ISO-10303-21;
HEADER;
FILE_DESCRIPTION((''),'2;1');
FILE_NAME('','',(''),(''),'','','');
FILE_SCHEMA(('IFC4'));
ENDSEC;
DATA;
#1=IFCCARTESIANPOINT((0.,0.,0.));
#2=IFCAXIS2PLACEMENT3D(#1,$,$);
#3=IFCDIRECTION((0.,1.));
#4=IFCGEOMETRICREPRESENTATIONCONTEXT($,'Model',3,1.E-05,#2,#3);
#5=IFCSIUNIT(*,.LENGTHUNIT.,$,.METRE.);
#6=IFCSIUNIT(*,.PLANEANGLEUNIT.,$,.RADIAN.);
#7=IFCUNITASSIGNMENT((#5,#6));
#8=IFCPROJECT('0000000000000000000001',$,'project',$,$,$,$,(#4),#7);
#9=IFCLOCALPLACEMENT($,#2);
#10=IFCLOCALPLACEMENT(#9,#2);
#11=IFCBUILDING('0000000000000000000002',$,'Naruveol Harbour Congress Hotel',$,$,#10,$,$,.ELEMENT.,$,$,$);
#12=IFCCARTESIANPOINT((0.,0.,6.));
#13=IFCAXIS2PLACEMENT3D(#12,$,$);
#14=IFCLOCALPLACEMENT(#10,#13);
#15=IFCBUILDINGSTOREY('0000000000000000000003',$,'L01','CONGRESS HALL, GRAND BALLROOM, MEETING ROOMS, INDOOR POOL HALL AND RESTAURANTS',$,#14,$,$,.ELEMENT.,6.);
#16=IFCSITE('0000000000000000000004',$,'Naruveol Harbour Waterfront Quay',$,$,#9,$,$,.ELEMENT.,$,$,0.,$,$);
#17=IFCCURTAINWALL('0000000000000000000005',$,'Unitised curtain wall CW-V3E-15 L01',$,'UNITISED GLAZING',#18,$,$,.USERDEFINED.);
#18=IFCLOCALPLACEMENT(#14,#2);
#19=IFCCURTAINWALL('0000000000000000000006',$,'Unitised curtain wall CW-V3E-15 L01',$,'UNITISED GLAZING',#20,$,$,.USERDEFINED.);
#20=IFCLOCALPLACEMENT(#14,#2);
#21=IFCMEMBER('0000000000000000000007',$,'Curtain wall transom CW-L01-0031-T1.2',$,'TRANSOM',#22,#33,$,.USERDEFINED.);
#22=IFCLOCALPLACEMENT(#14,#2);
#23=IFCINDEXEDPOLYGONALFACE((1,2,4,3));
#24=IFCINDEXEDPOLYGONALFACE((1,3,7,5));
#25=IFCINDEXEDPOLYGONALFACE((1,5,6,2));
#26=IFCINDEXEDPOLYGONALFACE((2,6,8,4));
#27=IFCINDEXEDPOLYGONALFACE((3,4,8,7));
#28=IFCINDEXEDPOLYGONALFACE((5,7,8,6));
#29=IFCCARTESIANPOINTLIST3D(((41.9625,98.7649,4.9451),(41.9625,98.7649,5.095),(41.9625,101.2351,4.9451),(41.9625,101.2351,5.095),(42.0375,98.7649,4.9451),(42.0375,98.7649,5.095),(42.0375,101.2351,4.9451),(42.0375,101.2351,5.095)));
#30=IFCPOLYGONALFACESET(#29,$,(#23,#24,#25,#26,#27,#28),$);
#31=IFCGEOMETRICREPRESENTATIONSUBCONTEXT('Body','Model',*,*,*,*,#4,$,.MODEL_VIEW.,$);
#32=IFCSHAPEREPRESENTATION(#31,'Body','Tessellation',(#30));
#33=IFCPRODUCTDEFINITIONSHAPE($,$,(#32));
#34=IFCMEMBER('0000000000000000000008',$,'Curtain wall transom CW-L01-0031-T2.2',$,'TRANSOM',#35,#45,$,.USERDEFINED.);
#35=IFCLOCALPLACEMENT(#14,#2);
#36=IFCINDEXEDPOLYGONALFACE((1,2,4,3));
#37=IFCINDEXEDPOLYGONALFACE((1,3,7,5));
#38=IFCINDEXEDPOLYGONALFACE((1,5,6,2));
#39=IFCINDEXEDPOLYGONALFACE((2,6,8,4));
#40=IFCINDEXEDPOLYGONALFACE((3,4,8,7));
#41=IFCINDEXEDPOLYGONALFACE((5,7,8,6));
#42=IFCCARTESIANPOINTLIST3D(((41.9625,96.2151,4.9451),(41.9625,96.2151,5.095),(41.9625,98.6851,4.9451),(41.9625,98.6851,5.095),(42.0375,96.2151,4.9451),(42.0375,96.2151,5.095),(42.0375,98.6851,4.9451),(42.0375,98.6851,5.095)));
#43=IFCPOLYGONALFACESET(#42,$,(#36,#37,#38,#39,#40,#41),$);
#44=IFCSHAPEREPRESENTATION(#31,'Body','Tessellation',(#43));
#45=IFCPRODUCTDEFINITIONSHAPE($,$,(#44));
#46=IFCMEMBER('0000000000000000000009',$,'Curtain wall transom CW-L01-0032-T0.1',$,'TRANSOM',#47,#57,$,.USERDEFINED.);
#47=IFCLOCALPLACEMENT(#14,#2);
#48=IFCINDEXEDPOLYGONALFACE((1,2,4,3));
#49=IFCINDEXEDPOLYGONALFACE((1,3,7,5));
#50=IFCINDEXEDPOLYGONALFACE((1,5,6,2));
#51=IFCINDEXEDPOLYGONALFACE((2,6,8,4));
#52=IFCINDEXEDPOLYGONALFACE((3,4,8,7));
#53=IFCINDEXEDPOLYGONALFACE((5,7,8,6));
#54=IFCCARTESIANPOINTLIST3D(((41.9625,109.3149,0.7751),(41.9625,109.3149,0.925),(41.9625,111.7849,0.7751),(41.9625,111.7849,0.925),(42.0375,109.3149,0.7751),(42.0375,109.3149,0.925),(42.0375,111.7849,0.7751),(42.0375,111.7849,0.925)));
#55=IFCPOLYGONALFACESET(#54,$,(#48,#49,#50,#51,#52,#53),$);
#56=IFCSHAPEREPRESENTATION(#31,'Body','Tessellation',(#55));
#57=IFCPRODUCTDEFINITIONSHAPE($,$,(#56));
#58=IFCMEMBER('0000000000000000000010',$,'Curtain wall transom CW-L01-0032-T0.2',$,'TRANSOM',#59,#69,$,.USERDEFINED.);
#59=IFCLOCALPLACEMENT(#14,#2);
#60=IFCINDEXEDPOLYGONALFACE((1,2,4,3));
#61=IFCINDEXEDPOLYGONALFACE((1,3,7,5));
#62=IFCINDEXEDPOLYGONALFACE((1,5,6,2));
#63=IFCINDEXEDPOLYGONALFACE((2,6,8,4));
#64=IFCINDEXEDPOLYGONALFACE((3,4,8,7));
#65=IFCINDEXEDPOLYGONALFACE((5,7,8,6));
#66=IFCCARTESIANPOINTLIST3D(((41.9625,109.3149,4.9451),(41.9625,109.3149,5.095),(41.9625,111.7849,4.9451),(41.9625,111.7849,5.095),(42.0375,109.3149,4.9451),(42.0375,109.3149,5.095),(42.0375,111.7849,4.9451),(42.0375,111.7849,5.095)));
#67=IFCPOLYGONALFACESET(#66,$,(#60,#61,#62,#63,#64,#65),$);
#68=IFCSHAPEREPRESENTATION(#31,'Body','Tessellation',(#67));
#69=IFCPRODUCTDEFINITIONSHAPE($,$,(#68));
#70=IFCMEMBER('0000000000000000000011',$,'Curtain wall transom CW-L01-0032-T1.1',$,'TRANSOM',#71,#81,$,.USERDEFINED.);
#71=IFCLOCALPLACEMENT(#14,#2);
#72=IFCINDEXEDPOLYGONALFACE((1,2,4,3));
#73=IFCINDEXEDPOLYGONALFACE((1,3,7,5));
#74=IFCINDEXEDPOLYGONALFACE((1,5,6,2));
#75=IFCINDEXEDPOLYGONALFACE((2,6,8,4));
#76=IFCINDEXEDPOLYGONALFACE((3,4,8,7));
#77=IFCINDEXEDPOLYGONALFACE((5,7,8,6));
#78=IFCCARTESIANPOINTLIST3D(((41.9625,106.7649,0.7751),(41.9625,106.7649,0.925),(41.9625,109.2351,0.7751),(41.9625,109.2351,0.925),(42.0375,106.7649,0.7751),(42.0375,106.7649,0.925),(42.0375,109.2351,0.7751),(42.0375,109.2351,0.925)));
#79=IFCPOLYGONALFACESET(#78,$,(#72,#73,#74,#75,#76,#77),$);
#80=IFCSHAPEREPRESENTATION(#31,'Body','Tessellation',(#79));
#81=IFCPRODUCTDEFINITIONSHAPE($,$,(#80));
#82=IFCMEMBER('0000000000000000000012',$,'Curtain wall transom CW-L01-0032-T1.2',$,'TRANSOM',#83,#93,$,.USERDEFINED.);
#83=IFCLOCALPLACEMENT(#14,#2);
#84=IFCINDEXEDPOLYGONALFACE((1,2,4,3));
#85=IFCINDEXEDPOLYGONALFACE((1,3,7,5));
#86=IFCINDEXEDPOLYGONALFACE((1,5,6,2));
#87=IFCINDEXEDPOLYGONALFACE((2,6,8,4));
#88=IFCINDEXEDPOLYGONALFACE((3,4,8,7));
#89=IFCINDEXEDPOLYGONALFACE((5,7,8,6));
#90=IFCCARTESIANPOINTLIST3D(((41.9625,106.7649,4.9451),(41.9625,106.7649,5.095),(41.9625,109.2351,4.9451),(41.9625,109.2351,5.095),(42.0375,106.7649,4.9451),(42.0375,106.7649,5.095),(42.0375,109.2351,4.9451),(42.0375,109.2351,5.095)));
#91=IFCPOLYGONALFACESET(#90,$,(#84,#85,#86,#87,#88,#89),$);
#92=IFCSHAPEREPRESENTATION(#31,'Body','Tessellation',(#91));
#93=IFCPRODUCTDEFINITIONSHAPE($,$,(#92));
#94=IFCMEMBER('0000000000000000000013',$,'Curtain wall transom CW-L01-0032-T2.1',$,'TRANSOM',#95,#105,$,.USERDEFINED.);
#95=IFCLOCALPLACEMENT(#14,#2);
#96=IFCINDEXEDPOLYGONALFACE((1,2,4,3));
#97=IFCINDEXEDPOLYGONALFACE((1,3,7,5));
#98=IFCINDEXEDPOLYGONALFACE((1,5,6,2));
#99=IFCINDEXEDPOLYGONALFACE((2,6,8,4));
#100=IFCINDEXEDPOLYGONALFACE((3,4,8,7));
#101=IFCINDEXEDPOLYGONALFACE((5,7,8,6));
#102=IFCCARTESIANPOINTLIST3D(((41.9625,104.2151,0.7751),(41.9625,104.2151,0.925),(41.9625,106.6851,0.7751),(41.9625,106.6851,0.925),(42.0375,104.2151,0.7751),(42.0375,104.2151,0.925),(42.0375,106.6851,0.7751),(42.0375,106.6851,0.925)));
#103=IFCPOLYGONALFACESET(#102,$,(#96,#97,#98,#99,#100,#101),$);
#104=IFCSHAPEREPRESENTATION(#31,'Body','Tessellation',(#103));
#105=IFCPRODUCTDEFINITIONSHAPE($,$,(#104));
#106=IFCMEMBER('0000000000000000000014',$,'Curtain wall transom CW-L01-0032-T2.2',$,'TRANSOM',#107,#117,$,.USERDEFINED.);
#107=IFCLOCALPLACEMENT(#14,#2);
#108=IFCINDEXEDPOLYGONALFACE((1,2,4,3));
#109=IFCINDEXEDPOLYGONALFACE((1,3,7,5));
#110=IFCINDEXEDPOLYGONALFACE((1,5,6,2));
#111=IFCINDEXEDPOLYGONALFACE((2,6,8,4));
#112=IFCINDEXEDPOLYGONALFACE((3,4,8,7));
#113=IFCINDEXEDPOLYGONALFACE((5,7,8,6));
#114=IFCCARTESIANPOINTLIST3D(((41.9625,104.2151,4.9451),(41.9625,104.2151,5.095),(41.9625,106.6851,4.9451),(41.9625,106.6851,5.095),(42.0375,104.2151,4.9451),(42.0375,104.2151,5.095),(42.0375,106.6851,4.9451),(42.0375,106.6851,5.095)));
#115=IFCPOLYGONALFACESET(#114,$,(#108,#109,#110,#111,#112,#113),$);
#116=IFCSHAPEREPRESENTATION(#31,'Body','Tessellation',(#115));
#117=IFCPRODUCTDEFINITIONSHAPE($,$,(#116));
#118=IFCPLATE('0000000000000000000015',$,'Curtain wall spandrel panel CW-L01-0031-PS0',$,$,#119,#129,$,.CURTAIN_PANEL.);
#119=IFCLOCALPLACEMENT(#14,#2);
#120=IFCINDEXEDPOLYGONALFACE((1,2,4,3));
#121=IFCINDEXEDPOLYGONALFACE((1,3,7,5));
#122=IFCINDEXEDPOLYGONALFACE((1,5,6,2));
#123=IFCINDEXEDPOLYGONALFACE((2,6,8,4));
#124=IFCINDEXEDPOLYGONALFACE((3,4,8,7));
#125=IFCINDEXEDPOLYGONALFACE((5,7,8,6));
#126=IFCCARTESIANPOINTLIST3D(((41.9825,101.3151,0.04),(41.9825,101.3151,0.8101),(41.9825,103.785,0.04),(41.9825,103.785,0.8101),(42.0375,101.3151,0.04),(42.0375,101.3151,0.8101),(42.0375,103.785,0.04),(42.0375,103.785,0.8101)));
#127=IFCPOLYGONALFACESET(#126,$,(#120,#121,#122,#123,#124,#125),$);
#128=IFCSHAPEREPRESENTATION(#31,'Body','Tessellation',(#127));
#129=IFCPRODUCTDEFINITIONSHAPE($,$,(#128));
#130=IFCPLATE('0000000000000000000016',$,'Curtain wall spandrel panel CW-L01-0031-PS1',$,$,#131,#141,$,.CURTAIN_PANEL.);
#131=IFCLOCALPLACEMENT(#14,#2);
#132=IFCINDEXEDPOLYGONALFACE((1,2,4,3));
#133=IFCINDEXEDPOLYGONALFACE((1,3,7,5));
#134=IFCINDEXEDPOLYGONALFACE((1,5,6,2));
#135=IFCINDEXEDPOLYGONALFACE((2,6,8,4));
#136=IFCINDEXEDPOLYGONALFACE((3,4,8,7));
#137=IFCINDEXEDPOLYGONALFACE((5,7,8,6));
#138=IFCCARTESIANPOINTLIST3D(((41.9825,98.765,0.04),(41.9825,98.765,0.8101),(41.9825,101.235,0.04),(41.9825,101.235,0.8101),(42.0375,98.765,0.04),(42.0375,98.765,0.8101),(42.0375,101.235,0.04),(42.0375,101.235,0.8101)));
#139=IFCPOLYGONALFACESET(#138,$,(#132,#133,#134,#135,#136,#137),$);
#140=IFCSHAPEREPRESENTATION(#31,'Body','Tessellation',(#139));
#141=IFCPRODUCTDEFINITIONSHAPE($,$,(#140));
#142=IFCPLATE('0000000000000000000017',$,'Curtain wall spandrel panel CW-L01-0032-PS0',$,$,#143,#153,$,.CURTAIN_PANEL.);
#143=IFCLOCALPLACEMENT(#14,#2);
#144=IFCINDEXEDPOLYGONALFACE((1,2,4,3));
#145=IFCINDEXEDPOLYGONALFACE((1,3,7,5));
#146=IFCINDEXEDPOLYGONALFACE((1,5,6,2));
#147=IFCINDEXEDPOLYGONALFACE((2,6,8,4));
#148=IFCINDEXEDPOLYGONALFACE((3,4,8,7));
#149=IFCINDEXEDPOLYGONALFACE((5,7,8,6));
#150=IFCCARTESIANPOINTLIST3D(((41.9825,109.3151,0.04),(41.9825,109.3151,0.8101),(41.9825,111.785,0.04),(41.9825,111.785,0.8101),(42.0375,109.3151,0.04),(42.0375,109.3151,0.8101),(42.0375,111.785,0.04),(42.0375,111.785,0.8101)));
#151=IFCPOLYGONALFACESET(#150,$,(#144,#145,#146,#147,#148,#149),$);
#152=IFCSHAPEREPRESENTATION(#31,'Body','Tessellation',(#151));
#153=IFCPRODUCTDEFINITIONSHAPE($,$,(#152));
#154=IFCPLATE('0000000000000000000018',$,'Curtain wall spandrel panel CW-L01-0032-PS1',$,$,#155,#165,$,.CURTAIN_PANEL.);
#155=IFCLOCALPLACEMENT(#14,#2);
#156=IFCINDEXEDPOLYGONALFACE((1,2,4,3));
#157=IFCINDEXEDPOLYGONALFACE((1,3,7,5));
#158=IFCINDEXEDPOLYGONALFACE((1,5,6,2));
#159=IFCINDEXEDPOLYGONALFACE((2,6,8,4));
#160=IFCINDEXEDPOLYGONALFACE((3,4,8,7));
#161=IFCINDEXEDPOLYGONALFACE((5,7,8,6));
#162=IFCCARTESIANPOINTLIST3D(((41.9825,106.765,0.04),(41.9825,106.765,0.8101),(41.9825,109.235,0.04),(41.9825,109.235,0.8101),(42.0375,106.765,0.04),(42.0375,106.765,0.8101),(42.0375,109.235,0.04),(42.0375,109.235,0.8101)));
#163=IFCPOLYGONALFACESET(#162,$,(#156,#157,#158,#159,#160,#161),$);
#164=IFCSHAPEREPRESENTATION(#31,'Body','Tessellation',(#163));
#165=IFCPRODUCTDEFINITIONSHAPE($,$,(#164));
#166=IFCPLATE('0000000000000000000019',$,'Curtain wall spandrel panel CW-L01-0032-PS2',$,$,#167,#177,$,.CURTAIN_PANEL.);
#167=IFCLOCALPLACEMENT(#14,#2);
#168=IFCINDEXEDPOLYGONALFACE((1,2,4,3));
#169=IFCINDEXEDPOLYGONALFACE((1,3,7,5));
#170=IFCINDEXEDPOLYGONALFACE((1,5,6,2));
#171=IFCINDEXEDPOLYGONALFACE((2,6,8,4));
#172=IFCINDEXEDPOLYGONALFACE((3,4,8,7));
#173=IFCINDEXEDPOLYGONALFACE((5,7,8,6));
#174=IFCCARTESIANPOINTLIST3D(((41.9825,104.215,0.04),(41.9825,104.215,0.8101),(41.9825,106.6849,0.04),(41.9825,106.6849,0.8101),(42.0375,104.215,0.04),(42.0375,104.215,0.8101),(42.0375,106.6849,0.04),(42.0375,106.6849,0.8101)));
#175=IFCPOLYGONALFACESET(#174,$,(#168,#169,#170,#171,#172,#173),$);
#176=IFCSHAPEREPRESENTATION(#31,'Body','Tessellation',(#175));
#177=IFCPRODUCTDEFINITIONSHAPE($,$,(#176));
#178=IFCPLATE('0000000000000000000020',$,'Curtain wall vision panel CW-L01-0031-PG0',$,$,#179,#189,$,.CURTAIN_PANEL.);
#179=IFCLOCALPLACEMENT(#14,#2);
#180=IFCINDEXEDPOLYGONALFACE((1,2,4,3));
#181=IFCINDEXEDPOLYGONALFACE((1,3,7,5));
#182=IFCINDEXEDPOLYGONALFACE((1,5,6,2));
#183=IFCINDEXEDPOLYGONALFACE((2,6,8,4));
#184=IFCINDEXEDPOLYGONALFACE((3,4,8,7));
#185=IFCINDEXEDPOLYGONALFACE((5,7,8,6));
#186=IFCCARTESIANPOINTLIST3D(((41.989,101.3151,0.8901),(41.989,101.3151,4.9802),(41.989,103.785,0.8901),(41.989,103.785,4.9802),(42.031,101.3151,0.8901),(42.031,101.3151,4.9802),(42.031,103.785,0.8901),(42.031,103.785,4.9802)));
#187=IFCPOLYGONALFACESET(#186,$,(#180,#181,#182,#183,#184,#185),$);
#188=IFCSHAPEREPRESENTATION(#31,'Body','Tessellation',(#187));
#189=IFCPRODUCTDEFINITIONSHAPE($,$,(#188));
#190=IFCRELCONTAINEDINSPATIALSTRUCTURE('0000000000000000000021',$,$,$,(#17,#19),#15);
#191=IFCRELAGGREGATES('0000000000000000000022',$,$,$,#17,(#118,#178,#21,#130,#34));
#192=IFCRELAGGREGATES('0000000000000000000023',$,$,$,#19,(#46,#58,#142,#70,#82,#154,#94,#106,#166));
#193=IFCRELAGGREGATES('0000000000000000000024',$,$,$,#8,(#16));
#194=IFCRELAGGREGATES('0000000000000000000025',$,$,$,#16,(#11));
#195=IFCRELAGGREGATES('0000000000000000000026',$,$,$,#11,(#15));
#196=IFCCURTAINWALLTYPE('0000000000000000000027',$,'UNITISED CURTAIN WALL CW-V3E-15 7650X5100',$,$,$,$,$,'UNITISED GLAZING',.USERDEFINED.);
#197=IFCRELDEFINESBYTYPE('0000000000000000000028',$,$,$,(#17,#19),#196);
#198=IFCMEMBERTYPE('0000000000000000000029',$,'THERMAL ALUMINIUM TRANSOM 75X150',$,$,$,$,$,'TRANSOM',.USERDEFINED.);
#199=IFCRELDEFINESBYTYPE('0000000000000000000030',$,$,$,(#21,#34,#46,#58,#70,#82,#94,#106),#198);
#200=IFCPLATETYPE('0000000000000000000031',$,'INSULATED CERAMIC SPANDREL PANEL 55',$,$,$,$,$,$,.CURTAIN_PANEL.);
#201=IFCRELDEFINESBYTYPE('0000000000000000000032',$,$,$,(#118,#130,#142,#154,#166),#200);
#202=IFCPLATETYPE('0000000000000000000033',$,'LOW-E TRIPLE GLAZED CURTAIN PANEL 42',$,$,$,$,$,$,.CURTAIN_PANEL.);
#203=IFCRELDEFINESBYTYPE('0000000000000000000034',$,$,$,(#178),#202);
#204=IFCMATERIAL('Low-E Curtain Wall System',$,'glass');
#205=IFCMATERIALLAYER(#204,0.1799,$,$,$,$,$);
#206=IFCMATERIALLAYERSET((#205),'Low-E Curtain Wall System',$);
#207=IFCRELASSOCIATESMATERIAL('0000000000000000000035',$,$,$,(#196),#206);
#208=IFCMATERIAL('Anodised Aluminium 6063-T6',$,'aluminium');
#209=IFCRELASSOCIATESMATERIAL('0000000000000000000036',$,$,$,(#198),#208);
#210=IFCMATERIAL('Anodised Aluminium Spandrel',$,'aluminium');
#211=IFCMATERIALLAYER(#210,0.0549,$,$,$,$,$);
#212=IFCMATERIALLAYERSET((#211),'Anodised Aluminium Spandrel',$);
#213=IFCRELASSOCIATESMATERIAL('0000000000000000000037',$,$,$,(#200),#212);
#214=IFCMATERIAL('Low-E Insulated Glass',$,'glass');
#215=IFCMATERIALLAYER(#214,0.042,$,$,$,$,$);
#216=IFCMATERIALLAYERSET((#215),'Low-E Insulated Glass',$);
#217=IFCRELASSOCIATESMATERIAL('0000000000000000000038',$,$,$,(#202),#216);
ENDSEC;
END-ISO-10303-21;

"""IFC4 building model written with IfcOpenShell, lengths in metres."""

from ifc_helpers import new_model, si_unit, direction, frame, origin, origin_2d, place, context, subcontext, project, spatial, rectangle, extrude, material, layer, layer_set, material_profile, profile_set, type_object, element, aggregate, save


model = new_model("IFC4")

# Units and contexts
model_context = context("Model", 3, precision=1e-05, world=origin(), true_north=direction((0.0, 1.0)))
body_context = subcontext(model_context, "Body", "Model", "MODEL_VIEW")
ifc_project = project(units=[si_unit("LENGTHUNIT", "METRE"), si_unit("PLANEANGLEUNIT", "RADIAN")], contexts=[model_context])

# Site, building, storey
site_placement = place(None, origin())
site = spatial("IfcSite", under=ifc_project, at=site_placement, Name="Naruveol Harbour Waterfront Quay", CompositionType="ELEMENT", RefElevation=0.0)
building_placement = place(site_placement, origin())
building = spatial("IfcBuilding", under=site, at=building_placement, Name="Naruveol Harbour Congress Hotel", CompositionType="ELEMENT")
storey_placement = place(building_placement, frame((0.0, 0.0, 6.0)))
storey = spatial("IfcBuildingStorey", under=building, at=storey_placement, Name="L01", Description="CONGRESS HALL, GRAND BALLROOM, MEETING ROOMS, INDOOR POOL HALL AND RESTAURANTS", CompositionType="ELEMENT", Elevation=6.0)

# Curtain walls
ifc_material_1 = material(Name="Low-E Curtain Wall System", Category="glass")
ifc_layer_1 = layer(ifc_material_1, 0.1799)
ifc_layer_set_1 = layer_set([ifc_layer_1], Name="Low-E Curtain Wall System")
curtain_wall_type = type_object("IfcCurtainWallType", Name="UNITISED CURTAIN WALL CW-V3E-15 7650X5100", ElementType="UNITISED GLAZING", PredefinedType="USERDEFINED", material=ifc_layer_set_1)
curtain_wall_1_placement = place(storey_placement, origin())
curtain_wall_1 = element("IfcCurtainWall", 1, at=curtain_wall_1_placement, inside=storey, type_object=curtain_wall_type, Name="Unitised curtain wall CW-V3E-15 L01", ObjectType="UNITISED GLAZING", PredefinedType="USERDEFINED")
curtain_wall_2_placement = place(storey_placement, origin())
curtain_wall_2 = element("IfcCurtainWall", 2, at=curtain_wall_2_placement, inside=storey, type_object=curtain_wall_type, Name="Unitised curtain wall CW-V3E-15 L01", ObjectType="UNITISED GLAZING", PredefinedType="USERDEFINED")

# Members
ifc_material_2 = material(Name="Anodised Aluminium 6063-T6", Category="aluminium")
ifc_material_profile_1 = material_profile(ifc_material_2, rectangle(XDim=0.075, YDim=0.1499, at=origin_2d()), Name="ALU-75x150")
ifc_profile_set_1 = profile_set([ifc_material_profile_1], Name="Anodised Aluminium 6063-T6")
member_type_1 = type_object("IfcMemberType", Name="THERMAL ALUMINIUM TRANSOM 75X150", ElementType="TRANSOM", PredefinedType="USERDEFINED", material=ifc_profile_set_1)
member_1_placement = place(storey_placement, frame((42.0, 101.2351, 5.02), z_axis=(0.0, -1.0, 0.0), x_axis=(1.0, 0.0, 0.0)))
member_1 = element("IfcMember", 3, at=member_1_placement, type_object=member_type_1, Name="Curtain wall transom CW-L01-0031-T1.2", ObjectType="TRANSOM", PredefinedType="USERDEFINED", context=body_context, shape_type="SweptSolid", body=[
    extrude(rectangle(XDim=0.075, YDim=0.1499, at=origin_2d()), origin(), (0.0, 0.0, 1.0), 2.4702),
])
member_2_placement = place(storey_placement, frame((42.0, 98.6851, 5.02), z_axis=(0.0, -1.0, 0.0), x_axis=(1.0, 0.0, 0.0)))
member_2 = element("IfcMember", 4, at=member_2_placement, type_object=member_type_1, Name="Curtain wall transom CW-L01-0031-T2.2", ObjectType="TRANSOM", PredefinedType="USERDEFINED", context=body_context, shape_type="SweptSolid", body=[
    extrude(rectangle(XDim=0.075, YDim=0.1499, at=origin_2d()), origin(), (0.0, 0.0, 1.0), 2.47),
])
member_3_placement = place(storey_placement, frame((42.0, 111.7849, 0.8501), z_axis=(0.0, -1.0, 0.0), x_axis=(1.0, 0.0, 0.0)))
member_3 = element("IfcMember", 5, at=member_3_placement, type_object=member_type_1, Name="Curtain wall transom CW-L01-0032-T0.1", ObjectType="TRANSOM", PredefinedType="USERDEFINED", context=body_context, shape_type="SweptSolid", body=[
    extrude(rectangle(XDim=0.075, YDim=0.1499, at=origin_2d()), origin(), (0.0, 0.0, 1.0), 2.47),
])
member_4_placement = place(storey_placement, frame((42.0, 111.7849, 5.02), z_axis=(0.0, -1.0, 0.0), x_axis=(1.0, 0.0, 0.0)))
member_4 = element("IfcMember", 6, at=member_4_placement, type_object=member_type_1, Name="Curtain wall transom CW-L01-0032-T0.2", ObjectType="TRANSOM", PredefinedType="USERDEFINED", context=body_context, shape_type="SweptSolid", body=[
    extrude(rectangle(XDim=0.075, YDim=0.1499, at=origin_2d()), origin(), (0.0, 0.0, 1.0), 2.47),
])
member_5_placement = place(storey_placement, frame((42.0, 109.2351, 0.8501), z_axis=(0.0, -1.0, 0.0), x_axis=(1.0, 0.0, 0.0)))
member_5 = element("IfcMember", 7, at=member_5_placement, type_object=member_type_1, Name="Curtain wall transom CW-L01-0032-T1.1", ObjectType="TRANSOM", PredefinedType="USERDEFINED", context=body_context, shape_type="SweptSolid", body=[
    extrude(rectangle(XDim=0.075, YDim=0.1499, at=origin_2d()), origin(), (0.0, 0.0, 1.0), 2.4702),
])
member_6_placement = place(storey_placement, frame((42.0, 109.2351, 5.02), z_axis=(0.0, -1.0, 0.0), x_axis=(1.0, 0.0, 0.0)))
member_6 = element("IfcMember", 8, at=member_6_placement, type_object=member_type_1, Name="Curtain wall transom CW-L01-0032-T1.2", ObjectType="TRANSOM", PredefinedType="USERDEFINED", context=body_context, shape_type="SweptSolid", body=[
    extrude(rectangle(XDim=0.075, YDim=0.1499, at=origin_2d()), origin(), (0.0, 0.0, 1.0), 2.4702),
])
member_7_placement = place(storey_placement, frame((42.0, 106.6851, 0.8501), z_axis=(0.0, -1.0, 0.0), x_axis=(1.0, 0.0, 0.0)))
member_7 = element("IfcMember", 9, at=member_7_placement, type_object=member_type_1, Name="Curtain wall transom CW-L01-0032-T2.1", ObjectType="TRANSOM", PredefinedType="USERDEFINED", context=body_context, shape_type="SweptSolid", body=[
    extrude(rectangle(XDim=0.075, YDim=0.1499, at=origin_2d()), origin(), (0.0, 0.0, 1.0), 2.47),
])
member_8_placement = place(storey_placement, frame((42.0, 106.6851, 5.02), z_axis=(0.0, -1.0, 0.0), x_axis=(1.0, 0.0, 0.0)))
member_8 = element("IfcMember", 10, at=member_8_placement, type_object=member_type_1, Name="Curtain wall transom CW-L01-0032-T2.2", ObjectType="TRANSOM", PredefinedType="USERDEFINED", context=body_context, shape_type="SweptSolid", body=[
    extrude(rectangle(XDim=0.075, YDim=0.1499, at=origin_2d()), origin(), (0.0, 0.0, 1.0), 2.47),
])

# Plates
ifc_material_3 = material(Name="Anodised Aluminium Spandrel", Category="aluminium")
ifc_layer_2 = layer(ifc_material_3, 0.0549)
ifc_layer_set_2 = layer_set([ifc_layer_2], Name="Anodised Aluminium Spandrel")
plate_type_1 = type_object("IfcPlateType", Name="INSULATED CERAMIC SPANDREL PANEL 55", PredefinedType="CURTAIN_PANEL", material=ifc_layer_set_2)
plate_1_placement = place(storey_placement, frame((42.01, 102.55, 0.04), z_axis=(0.0, 0.0, 1.0), x_axis=(0.0, -1.0, 0.0)))
plate_1 = element("IfcPlate", 11, at=plate_1_placement, type_object=plate_type_1, Name="Curtain wall spandrel panel CW-L01-0031-PS0", PredefinedType="CURTAIN_PANEL", context=body_context, shape_type="SweptSolid", body=[
    extrude(rectangle(XDim=2.47, YDim=0.0549, at=origin_2d()), origin(), (0.0, 0.0, 1.0), 0.77),
])
plate_2_placement = place(storey_placement, frame((42.01, 100.0, 0.04), z_axis=(0.0, 0.0, 1.0), x_axis=(0.0, -1.0, 0.0)))
plate_2 = element("IfcPlate", 12, at=plate_2_placement, type_object=plate_type_1, Name="Curtain wall spandrel panel CW-L01-0031-PS1", PredefinedType="CURTAIN_PANEL", context=body_context, shape_type="SweptSolid", body=[
    extrude(rectangle(XDim=2.47, YDim=0.0549, at=origin_2d()), origin(), (0.0, 0.0, 1.0), 0.77),
])
plate_3_placement = place(storey_placement, frame((42.01, 110.55, 0.04), z_axis=(0.0, 0.0, 1.0), x_axis=(0.0, -1.0, 0.0)))
plate_3 = element("IfcPlate", 13, at=plate_3_placement, type_object=plate_type_1, Name="Curtain wall spandrel panel CW-L01-0032-PS0", PredefinedType="CURTAIN_PANEL", context=body_context, shape_type="SweptSolid", body=[
    extrude(rectangle(XDim=2.47, YDim=0.0549, at=origin_2d()), origin(), (0.0, 0.0, 1.0), 0.77),
])
plate_4_placement = place(storey_placement, frame((42.01, 108.0, 0.04), z_axis=(0.0, 0.0, 1.0), x_axis=(0.0, -1.0, 0.0)))
plate_4 = element("IfcPlate", 14, at=plate_4_placement, type_object=plate_type_1, Name="Curtain wall spandrel panel CW-L01-0032-PS1", PredefinedType="CURTAIN_PANEL", context=body_context, shape_type="SweptSolid", body=[
    extrude(rectangle(XDim=2.47, YDim=0.0549, at=origin_2d()), origin(), (0.0, 0.0, 1.0), 0.77),
])
plate_5_placement = place(storey_placement, frame((42.01, 105.45, 0.04), z_axis=(0.0, 0.0, 1.0), x_axis=(0.0, -1.0, 0.0)))
plate_5 = element("IfcPlate", 15, at=plate_5_placement, type_object=plate_type_1, Name="Curtain wall spandrel panel CW-L01-0032-PS2", PredefinedType="CURTAIN_PANEL", context=body_context, shape_type="SweptSolid", body=[
    extrude(rectangle(XDim=2.47, YDim=0.0549, at=origin_2d()), origin(), (0.0, 0.0, 1.0), 0.77),
])
ifc_material_4 = material(Name="Low-E Insulated Glass", Category="glass")
ifc_layer_3 = layer(ifc_material_4, 0.042)
ifc_layer_set_3 = layer_set([ifc_layer_3], Name="Low-E Insulated Glass")
plate_type_2 = type_object("IfcPlateType", Name="LOW-E TRIPLE GLAZED CURTAIN PANEL 42", PredefinedType="CURTAIN_PANEL", material=ifc_layer_set_3)
plate_6_placement = place(storey_placement, frame((42.01, 102.55, 0.8901), z_axis=(0.0, 0.0, 1.0), x_axis=(0.0, -1.0, 0.0)))
plate_6 = element("IfcPlate", 16, at=plate_6_placement, type_object=plate_type_2, Name="Curtain wall vision panel CW-L01-0031-PG0", PredefinedType="CURTAIN_PANEL", context=body_context, shape_type="SweptSolid", body=[
    extrude(rectangle(XDim=2.47, YDim=0.042, at=origin_2d()), origin(), (0.0, 0.0, 1.0), 4.0901),
])
aggregate(curtain_wall_1, [plate_1, plate_6, member_1, plate_2, member_2])
aggregate(curtain_wall_2, [member_3, member_4, plate_3, member_5, member_6, plate_4, member_7, member_8, plate_5])

save(model, "model.ifc")
